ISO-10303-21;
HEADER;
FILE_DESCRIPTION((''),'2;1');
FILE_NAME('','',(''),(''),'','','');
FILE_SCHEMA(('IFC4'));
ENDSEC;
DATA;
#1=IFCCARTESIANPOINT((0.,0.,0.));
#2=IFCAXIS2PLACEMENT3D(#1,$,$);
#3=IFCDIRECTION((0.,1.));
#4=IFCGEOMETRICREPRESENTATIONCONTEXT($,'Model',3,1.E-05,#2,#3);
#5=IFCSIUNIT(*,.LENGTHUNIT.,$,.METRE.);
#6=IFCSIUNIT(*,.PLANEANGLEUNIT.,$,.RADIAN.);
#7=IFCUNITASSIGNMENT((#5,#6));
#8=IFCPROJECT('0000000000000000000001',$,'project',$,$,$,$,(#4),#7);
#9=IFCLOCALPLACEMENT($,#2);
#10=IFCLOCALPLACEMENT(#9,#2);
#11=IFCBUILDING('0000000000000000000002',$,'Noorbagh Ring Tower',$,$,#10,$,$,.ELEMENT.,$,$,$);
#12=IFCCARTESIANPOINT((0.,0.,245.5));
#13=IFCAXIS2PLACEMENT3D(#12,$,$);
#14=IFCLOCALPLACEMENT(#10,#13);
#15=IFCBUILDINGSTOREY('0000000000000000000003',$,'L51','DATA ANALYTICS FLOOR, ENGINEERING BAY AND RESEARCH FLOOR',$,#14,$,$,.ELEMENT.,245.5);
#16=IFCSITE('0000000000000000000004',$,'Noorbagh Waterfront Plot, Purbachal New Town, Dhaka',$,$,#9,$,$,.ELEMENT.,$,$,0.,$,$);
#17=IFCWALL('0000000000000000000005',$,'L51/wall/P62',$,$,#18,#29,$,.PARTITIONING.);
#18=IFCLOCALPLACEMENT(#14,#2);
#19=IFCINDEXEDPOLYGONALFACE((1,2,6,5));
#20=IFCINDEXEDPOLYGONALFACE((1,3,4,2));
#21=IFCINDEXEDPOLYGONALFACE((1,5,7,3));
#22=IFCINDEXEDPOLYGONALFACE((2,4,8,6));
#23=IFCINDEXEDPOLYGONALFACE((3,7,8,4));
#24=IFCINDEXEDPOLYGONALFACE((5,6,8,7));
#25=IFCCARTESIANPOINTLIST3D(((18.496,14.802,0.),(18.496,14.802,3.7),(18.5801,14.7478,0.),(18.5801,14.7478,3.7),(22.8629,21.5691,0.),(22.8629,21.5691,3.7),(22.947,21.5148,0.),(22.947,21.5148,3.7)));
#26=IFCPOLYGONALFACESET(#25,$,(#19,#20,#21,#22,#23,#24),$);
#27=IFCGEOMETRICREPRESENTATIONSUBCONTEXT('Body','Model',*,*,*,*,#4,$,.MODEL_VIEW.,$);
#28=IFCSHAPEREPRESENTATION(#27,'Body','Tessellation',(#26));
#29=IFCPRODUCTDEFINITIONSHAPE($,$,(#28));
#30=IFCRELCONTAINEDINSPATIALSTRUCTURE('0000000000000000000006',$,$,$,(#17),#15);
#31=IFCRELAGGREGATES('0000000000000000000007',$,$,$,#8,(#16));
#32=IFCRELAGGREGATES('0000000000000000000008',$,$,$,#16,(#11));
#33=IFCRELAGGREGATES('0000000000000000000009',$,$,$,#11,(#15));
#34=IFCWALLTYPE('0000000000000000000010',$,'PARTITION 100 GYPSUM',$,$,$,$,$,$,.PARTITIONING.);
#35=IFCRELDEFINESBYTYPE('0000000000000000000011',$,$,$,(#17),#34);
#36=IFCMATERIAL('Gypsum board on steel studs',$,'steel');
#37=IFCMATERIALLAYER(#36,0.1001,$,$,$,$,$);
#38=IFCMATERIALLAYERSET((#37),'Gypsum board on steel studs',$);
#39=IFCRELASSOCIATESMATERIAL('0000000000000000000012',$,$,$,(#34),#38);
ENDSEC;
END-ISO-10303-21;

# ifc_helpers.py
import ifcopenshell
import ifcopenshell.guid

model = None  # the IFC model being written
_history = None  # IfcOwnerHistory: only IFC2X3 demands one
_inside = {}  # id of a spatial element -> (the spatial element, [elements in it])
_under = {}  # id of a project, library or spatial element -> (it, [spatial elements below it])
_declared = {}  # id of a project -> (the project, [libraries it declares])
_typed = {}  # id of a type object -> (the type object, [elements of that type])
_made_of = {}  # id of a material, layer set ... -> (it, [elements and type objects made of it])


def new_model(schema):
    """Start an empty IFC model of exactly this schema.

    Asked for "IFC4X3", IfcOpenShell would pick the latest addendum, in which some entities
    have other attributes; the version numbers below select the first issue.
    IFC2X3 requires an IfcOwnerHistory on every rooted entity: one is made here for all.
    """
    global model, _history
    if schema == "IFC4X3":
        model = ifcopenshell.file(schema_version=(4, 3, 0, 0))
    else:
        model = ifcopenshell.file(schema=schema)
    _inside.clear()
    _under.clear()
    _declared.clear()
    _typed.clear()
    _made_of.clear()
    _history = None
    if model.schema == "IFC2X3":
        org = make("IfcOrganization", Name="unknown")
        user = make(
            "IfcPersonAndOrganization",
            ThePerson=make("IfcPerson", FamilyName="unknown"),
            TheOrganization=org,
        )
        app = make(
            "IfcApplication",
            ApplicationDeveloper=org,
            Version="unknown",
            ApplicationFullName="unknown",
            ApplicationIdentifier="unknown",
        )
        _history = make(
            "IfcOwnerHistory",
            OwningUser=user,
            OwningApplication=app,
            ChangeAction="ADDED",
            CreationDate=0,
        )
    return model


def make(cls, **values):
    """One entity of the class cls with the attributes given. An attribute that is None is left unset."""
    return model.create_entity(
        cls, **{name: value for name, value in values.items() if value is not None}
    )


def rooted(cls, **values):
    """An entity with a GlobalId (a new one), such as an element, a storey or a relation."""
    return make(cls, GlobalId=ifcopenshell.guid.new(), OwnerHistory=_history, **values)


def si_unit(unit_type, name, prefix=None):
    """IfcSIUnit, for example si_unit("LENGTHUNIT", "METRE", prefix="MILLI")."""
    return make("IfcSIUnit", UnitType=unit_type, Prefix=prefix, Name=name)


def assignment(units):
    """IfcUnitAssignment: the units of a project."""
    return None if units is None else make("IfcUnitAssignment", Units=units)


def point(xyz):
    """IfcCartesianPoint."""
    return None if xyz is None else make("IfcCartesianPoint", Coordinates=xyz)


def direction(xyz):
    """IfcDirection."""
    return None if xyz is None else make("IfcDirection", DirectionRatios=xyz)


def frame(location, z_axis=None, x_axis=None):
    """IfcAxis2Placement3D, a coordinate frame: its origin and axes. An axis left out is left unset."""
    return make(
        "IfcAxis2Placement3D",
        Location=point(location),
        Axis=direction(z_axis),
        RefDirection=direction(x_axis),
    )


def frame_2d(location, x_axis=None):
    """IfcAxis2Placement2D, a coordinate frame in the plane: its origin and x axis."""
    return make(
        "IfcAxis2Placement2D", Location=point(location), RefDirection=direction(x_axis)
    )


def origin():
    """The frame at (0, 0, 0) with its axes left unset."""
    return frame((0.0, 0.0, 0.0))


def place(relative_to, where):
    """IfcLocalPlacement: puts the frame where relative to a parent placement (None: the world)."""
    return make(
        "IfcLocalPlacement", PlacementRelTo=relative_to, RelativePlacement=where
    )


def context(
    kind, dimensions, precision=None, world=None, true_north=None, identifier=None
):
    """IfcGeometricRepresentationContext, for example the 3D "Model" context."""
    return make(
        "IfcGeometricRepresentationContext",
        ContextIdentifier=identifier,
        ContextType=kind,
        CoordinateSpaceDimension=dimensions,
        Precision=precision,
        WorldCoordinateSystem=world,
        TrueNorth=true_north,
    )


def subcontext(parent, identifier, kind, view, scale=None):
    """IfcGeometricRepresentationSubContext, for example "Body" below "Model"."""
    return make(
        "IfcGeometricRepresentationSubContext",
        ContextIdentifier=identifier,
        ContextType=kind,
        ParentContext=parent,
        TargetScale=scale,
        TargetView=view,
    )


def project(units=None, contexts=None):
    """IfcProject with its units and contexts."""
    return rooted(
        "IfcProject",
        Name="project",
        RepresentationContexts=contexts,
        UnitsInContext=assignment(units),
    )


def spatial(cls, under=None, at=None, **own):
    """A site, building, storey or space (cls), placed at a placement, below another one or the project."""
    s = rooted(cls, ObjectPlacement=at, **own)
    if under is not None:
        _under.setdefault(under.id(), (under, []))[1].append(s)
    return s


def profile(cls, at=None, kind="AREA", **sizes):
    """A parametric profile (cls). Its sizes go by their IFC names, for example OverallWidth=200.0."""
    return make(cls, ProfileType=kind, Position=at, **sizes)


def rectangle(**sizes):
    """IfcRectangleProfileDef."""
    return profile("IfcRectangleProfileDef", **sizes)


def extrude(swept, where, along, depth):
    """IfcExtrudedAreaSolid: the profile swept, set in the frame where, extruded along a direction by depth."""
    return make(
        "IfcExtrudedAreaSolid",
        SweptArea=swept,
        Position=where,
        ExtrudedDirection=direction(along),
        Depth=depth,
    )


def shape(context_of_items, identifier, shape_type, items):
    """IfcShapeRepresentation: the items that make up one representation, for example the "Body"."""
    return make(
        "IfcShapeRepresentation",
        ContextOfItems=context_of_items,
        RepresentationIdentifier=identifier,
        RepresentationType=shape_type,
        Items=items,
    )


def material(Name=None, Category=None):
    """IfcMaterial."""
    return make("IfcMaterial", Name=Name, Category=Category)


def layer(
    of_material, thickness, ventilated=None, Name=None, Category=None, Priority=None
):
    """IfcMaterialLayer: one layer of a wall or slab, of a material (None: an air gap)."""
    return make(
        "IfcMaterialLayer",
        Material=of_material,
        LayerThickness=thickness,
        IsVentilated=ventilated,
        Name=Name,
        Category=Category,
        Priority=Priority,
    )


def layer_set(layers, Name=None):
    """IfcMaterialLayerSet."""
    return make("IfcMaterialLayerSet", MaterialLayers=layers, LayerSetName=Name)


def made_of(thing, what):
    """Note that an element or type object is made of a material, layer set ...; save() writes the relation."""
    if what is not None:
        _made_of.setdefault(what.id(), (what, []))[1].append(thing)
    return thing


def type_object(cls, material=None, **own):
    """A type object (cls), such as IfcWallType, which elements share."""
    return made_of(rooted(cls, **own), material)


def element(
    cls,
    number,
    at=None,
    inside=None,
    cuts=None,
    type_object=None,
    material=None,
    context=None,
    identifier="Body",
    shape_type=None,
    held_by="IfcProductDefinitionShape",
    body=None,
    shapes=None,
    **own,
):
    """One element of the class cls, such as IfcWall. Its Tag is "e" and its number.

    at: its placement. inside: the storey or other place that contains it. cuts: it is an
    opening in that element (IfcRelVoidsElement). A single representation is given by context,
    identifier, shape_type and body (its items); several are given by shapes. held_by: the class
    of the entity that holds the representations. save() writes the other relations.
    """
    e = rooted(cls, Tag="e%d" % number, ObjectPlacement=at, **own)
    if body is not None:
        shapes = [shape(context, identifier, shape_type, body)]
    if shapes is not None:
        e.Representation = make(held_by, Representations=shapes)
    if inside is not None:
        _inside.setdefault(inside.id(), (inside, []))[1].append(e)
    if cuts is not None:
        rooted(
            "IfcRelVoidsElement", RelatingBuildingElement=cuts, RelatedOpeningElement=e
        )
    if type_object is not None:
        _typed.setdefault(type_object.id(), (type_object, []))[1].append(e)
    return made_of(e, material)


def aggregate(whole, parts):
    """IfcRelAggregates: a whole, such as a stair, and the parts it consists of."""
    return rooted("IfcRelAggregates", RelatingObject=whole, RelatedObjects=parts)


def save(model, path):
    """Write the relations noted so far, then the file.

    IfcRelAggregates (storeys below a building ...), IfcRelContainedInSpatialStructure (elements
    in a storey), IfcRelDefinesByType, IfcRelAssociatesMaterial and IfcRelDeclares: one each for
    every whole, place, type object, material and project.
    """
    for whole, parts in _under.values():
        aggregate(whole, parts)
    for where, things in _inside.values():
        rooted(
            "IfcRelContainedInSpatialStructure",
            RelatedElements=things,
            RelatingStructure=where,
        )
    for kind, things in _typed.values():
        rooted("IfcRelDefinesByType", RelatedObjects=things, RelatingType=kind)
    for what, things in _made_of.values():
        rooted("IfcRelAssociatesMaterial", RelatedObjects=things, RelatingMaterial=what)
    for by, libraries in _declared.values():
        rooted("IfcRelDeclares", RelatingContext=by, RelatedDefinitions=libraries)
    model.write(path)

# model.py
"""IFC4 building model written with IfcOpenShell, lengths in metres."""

from ifc_helpers import new_model, si_unit, direction, frame, frame_2d, origin, place, context, subcontext, project, spatial, rectangle, extrude, material, layer, layer_set, type_object, element, save


model = new_model("IFC4")

# Units and contexts
model_context = context("Model", 3, precision=1e-05, world=origin(), true_north=direction((0.0, 1.0)))
body_context = subcontext(model_context, "Body", "Model", "MODEL_VIEW")
ifc_project = project(units=[si_unit("LENGTHUNIT", "METRE"), si_unit("PLANEANGLEUNIT", "RADIAN")], contexts=[model_context])

# Site, building, storey
site_placement = place(None, origin())
site = spatial("IfcSite", under=ifc_project, at=site_placement, Name="Noorbagh Waterfront Plot, Purbachal New Town, Dhaka", CompositionType="ELEMENT", RefElevation=0.0)
building_placement = place(site_placement, origin())
building = spatial("IfcBuilding", under=site, at=building_placement, Name="Noorbagh Ring Tower", CompositionType="ELEMENT")
storey_placement = place(building_placement, frame((0.0, 0.0, 245.5)))
storey = spatial("IfcBuildingStorey", under=building, at=storey_placement, Name="L51", Description="DATA ANALYTICS FLOOR, ENGINEERING BAY AND RESEARCH FLOOR", CompositionType="ELEMENT", Elevation=245.5)

# Wall
ifc_material_1 = material(Name="Gypsum board on steel studs", Category="steel")
ifc_layer_1 = layer(ifc_material_1, 0.1001)
ifc_layer_set_1 = layer_set([ifc_layer_1], Name="Gypsum board on steel studs")
wall_type_1 = type_object("IfcWallType", Name="PARTITION 100 GYPSUM", PredefinedType="PARTITIONING", material=ifc_layer_set_1)
wall_1_placement = place(storey_placement, frame((18.5381, 14.7749, 0.0), z_axis=(0.0, 0.0, 1.0), x_axis=(0.542221, 0.840236, 0.0)))
element("IfcWall", 1, at=wall_1_placement, inside=storey, type_object=wall_type_1, Name="L51/wall/P62", PredefinedType="PARTITIONING", context=body_context, shape_type="SweptSolid", body=[
    extrude(rectangle(XDim=8.0537, YDim=0.1001, at=frame_2d((4.0269, 0.0))), origin(), (0.0, 0.0, 1.0), 3.7),
])

save(model, "model.ifc")
